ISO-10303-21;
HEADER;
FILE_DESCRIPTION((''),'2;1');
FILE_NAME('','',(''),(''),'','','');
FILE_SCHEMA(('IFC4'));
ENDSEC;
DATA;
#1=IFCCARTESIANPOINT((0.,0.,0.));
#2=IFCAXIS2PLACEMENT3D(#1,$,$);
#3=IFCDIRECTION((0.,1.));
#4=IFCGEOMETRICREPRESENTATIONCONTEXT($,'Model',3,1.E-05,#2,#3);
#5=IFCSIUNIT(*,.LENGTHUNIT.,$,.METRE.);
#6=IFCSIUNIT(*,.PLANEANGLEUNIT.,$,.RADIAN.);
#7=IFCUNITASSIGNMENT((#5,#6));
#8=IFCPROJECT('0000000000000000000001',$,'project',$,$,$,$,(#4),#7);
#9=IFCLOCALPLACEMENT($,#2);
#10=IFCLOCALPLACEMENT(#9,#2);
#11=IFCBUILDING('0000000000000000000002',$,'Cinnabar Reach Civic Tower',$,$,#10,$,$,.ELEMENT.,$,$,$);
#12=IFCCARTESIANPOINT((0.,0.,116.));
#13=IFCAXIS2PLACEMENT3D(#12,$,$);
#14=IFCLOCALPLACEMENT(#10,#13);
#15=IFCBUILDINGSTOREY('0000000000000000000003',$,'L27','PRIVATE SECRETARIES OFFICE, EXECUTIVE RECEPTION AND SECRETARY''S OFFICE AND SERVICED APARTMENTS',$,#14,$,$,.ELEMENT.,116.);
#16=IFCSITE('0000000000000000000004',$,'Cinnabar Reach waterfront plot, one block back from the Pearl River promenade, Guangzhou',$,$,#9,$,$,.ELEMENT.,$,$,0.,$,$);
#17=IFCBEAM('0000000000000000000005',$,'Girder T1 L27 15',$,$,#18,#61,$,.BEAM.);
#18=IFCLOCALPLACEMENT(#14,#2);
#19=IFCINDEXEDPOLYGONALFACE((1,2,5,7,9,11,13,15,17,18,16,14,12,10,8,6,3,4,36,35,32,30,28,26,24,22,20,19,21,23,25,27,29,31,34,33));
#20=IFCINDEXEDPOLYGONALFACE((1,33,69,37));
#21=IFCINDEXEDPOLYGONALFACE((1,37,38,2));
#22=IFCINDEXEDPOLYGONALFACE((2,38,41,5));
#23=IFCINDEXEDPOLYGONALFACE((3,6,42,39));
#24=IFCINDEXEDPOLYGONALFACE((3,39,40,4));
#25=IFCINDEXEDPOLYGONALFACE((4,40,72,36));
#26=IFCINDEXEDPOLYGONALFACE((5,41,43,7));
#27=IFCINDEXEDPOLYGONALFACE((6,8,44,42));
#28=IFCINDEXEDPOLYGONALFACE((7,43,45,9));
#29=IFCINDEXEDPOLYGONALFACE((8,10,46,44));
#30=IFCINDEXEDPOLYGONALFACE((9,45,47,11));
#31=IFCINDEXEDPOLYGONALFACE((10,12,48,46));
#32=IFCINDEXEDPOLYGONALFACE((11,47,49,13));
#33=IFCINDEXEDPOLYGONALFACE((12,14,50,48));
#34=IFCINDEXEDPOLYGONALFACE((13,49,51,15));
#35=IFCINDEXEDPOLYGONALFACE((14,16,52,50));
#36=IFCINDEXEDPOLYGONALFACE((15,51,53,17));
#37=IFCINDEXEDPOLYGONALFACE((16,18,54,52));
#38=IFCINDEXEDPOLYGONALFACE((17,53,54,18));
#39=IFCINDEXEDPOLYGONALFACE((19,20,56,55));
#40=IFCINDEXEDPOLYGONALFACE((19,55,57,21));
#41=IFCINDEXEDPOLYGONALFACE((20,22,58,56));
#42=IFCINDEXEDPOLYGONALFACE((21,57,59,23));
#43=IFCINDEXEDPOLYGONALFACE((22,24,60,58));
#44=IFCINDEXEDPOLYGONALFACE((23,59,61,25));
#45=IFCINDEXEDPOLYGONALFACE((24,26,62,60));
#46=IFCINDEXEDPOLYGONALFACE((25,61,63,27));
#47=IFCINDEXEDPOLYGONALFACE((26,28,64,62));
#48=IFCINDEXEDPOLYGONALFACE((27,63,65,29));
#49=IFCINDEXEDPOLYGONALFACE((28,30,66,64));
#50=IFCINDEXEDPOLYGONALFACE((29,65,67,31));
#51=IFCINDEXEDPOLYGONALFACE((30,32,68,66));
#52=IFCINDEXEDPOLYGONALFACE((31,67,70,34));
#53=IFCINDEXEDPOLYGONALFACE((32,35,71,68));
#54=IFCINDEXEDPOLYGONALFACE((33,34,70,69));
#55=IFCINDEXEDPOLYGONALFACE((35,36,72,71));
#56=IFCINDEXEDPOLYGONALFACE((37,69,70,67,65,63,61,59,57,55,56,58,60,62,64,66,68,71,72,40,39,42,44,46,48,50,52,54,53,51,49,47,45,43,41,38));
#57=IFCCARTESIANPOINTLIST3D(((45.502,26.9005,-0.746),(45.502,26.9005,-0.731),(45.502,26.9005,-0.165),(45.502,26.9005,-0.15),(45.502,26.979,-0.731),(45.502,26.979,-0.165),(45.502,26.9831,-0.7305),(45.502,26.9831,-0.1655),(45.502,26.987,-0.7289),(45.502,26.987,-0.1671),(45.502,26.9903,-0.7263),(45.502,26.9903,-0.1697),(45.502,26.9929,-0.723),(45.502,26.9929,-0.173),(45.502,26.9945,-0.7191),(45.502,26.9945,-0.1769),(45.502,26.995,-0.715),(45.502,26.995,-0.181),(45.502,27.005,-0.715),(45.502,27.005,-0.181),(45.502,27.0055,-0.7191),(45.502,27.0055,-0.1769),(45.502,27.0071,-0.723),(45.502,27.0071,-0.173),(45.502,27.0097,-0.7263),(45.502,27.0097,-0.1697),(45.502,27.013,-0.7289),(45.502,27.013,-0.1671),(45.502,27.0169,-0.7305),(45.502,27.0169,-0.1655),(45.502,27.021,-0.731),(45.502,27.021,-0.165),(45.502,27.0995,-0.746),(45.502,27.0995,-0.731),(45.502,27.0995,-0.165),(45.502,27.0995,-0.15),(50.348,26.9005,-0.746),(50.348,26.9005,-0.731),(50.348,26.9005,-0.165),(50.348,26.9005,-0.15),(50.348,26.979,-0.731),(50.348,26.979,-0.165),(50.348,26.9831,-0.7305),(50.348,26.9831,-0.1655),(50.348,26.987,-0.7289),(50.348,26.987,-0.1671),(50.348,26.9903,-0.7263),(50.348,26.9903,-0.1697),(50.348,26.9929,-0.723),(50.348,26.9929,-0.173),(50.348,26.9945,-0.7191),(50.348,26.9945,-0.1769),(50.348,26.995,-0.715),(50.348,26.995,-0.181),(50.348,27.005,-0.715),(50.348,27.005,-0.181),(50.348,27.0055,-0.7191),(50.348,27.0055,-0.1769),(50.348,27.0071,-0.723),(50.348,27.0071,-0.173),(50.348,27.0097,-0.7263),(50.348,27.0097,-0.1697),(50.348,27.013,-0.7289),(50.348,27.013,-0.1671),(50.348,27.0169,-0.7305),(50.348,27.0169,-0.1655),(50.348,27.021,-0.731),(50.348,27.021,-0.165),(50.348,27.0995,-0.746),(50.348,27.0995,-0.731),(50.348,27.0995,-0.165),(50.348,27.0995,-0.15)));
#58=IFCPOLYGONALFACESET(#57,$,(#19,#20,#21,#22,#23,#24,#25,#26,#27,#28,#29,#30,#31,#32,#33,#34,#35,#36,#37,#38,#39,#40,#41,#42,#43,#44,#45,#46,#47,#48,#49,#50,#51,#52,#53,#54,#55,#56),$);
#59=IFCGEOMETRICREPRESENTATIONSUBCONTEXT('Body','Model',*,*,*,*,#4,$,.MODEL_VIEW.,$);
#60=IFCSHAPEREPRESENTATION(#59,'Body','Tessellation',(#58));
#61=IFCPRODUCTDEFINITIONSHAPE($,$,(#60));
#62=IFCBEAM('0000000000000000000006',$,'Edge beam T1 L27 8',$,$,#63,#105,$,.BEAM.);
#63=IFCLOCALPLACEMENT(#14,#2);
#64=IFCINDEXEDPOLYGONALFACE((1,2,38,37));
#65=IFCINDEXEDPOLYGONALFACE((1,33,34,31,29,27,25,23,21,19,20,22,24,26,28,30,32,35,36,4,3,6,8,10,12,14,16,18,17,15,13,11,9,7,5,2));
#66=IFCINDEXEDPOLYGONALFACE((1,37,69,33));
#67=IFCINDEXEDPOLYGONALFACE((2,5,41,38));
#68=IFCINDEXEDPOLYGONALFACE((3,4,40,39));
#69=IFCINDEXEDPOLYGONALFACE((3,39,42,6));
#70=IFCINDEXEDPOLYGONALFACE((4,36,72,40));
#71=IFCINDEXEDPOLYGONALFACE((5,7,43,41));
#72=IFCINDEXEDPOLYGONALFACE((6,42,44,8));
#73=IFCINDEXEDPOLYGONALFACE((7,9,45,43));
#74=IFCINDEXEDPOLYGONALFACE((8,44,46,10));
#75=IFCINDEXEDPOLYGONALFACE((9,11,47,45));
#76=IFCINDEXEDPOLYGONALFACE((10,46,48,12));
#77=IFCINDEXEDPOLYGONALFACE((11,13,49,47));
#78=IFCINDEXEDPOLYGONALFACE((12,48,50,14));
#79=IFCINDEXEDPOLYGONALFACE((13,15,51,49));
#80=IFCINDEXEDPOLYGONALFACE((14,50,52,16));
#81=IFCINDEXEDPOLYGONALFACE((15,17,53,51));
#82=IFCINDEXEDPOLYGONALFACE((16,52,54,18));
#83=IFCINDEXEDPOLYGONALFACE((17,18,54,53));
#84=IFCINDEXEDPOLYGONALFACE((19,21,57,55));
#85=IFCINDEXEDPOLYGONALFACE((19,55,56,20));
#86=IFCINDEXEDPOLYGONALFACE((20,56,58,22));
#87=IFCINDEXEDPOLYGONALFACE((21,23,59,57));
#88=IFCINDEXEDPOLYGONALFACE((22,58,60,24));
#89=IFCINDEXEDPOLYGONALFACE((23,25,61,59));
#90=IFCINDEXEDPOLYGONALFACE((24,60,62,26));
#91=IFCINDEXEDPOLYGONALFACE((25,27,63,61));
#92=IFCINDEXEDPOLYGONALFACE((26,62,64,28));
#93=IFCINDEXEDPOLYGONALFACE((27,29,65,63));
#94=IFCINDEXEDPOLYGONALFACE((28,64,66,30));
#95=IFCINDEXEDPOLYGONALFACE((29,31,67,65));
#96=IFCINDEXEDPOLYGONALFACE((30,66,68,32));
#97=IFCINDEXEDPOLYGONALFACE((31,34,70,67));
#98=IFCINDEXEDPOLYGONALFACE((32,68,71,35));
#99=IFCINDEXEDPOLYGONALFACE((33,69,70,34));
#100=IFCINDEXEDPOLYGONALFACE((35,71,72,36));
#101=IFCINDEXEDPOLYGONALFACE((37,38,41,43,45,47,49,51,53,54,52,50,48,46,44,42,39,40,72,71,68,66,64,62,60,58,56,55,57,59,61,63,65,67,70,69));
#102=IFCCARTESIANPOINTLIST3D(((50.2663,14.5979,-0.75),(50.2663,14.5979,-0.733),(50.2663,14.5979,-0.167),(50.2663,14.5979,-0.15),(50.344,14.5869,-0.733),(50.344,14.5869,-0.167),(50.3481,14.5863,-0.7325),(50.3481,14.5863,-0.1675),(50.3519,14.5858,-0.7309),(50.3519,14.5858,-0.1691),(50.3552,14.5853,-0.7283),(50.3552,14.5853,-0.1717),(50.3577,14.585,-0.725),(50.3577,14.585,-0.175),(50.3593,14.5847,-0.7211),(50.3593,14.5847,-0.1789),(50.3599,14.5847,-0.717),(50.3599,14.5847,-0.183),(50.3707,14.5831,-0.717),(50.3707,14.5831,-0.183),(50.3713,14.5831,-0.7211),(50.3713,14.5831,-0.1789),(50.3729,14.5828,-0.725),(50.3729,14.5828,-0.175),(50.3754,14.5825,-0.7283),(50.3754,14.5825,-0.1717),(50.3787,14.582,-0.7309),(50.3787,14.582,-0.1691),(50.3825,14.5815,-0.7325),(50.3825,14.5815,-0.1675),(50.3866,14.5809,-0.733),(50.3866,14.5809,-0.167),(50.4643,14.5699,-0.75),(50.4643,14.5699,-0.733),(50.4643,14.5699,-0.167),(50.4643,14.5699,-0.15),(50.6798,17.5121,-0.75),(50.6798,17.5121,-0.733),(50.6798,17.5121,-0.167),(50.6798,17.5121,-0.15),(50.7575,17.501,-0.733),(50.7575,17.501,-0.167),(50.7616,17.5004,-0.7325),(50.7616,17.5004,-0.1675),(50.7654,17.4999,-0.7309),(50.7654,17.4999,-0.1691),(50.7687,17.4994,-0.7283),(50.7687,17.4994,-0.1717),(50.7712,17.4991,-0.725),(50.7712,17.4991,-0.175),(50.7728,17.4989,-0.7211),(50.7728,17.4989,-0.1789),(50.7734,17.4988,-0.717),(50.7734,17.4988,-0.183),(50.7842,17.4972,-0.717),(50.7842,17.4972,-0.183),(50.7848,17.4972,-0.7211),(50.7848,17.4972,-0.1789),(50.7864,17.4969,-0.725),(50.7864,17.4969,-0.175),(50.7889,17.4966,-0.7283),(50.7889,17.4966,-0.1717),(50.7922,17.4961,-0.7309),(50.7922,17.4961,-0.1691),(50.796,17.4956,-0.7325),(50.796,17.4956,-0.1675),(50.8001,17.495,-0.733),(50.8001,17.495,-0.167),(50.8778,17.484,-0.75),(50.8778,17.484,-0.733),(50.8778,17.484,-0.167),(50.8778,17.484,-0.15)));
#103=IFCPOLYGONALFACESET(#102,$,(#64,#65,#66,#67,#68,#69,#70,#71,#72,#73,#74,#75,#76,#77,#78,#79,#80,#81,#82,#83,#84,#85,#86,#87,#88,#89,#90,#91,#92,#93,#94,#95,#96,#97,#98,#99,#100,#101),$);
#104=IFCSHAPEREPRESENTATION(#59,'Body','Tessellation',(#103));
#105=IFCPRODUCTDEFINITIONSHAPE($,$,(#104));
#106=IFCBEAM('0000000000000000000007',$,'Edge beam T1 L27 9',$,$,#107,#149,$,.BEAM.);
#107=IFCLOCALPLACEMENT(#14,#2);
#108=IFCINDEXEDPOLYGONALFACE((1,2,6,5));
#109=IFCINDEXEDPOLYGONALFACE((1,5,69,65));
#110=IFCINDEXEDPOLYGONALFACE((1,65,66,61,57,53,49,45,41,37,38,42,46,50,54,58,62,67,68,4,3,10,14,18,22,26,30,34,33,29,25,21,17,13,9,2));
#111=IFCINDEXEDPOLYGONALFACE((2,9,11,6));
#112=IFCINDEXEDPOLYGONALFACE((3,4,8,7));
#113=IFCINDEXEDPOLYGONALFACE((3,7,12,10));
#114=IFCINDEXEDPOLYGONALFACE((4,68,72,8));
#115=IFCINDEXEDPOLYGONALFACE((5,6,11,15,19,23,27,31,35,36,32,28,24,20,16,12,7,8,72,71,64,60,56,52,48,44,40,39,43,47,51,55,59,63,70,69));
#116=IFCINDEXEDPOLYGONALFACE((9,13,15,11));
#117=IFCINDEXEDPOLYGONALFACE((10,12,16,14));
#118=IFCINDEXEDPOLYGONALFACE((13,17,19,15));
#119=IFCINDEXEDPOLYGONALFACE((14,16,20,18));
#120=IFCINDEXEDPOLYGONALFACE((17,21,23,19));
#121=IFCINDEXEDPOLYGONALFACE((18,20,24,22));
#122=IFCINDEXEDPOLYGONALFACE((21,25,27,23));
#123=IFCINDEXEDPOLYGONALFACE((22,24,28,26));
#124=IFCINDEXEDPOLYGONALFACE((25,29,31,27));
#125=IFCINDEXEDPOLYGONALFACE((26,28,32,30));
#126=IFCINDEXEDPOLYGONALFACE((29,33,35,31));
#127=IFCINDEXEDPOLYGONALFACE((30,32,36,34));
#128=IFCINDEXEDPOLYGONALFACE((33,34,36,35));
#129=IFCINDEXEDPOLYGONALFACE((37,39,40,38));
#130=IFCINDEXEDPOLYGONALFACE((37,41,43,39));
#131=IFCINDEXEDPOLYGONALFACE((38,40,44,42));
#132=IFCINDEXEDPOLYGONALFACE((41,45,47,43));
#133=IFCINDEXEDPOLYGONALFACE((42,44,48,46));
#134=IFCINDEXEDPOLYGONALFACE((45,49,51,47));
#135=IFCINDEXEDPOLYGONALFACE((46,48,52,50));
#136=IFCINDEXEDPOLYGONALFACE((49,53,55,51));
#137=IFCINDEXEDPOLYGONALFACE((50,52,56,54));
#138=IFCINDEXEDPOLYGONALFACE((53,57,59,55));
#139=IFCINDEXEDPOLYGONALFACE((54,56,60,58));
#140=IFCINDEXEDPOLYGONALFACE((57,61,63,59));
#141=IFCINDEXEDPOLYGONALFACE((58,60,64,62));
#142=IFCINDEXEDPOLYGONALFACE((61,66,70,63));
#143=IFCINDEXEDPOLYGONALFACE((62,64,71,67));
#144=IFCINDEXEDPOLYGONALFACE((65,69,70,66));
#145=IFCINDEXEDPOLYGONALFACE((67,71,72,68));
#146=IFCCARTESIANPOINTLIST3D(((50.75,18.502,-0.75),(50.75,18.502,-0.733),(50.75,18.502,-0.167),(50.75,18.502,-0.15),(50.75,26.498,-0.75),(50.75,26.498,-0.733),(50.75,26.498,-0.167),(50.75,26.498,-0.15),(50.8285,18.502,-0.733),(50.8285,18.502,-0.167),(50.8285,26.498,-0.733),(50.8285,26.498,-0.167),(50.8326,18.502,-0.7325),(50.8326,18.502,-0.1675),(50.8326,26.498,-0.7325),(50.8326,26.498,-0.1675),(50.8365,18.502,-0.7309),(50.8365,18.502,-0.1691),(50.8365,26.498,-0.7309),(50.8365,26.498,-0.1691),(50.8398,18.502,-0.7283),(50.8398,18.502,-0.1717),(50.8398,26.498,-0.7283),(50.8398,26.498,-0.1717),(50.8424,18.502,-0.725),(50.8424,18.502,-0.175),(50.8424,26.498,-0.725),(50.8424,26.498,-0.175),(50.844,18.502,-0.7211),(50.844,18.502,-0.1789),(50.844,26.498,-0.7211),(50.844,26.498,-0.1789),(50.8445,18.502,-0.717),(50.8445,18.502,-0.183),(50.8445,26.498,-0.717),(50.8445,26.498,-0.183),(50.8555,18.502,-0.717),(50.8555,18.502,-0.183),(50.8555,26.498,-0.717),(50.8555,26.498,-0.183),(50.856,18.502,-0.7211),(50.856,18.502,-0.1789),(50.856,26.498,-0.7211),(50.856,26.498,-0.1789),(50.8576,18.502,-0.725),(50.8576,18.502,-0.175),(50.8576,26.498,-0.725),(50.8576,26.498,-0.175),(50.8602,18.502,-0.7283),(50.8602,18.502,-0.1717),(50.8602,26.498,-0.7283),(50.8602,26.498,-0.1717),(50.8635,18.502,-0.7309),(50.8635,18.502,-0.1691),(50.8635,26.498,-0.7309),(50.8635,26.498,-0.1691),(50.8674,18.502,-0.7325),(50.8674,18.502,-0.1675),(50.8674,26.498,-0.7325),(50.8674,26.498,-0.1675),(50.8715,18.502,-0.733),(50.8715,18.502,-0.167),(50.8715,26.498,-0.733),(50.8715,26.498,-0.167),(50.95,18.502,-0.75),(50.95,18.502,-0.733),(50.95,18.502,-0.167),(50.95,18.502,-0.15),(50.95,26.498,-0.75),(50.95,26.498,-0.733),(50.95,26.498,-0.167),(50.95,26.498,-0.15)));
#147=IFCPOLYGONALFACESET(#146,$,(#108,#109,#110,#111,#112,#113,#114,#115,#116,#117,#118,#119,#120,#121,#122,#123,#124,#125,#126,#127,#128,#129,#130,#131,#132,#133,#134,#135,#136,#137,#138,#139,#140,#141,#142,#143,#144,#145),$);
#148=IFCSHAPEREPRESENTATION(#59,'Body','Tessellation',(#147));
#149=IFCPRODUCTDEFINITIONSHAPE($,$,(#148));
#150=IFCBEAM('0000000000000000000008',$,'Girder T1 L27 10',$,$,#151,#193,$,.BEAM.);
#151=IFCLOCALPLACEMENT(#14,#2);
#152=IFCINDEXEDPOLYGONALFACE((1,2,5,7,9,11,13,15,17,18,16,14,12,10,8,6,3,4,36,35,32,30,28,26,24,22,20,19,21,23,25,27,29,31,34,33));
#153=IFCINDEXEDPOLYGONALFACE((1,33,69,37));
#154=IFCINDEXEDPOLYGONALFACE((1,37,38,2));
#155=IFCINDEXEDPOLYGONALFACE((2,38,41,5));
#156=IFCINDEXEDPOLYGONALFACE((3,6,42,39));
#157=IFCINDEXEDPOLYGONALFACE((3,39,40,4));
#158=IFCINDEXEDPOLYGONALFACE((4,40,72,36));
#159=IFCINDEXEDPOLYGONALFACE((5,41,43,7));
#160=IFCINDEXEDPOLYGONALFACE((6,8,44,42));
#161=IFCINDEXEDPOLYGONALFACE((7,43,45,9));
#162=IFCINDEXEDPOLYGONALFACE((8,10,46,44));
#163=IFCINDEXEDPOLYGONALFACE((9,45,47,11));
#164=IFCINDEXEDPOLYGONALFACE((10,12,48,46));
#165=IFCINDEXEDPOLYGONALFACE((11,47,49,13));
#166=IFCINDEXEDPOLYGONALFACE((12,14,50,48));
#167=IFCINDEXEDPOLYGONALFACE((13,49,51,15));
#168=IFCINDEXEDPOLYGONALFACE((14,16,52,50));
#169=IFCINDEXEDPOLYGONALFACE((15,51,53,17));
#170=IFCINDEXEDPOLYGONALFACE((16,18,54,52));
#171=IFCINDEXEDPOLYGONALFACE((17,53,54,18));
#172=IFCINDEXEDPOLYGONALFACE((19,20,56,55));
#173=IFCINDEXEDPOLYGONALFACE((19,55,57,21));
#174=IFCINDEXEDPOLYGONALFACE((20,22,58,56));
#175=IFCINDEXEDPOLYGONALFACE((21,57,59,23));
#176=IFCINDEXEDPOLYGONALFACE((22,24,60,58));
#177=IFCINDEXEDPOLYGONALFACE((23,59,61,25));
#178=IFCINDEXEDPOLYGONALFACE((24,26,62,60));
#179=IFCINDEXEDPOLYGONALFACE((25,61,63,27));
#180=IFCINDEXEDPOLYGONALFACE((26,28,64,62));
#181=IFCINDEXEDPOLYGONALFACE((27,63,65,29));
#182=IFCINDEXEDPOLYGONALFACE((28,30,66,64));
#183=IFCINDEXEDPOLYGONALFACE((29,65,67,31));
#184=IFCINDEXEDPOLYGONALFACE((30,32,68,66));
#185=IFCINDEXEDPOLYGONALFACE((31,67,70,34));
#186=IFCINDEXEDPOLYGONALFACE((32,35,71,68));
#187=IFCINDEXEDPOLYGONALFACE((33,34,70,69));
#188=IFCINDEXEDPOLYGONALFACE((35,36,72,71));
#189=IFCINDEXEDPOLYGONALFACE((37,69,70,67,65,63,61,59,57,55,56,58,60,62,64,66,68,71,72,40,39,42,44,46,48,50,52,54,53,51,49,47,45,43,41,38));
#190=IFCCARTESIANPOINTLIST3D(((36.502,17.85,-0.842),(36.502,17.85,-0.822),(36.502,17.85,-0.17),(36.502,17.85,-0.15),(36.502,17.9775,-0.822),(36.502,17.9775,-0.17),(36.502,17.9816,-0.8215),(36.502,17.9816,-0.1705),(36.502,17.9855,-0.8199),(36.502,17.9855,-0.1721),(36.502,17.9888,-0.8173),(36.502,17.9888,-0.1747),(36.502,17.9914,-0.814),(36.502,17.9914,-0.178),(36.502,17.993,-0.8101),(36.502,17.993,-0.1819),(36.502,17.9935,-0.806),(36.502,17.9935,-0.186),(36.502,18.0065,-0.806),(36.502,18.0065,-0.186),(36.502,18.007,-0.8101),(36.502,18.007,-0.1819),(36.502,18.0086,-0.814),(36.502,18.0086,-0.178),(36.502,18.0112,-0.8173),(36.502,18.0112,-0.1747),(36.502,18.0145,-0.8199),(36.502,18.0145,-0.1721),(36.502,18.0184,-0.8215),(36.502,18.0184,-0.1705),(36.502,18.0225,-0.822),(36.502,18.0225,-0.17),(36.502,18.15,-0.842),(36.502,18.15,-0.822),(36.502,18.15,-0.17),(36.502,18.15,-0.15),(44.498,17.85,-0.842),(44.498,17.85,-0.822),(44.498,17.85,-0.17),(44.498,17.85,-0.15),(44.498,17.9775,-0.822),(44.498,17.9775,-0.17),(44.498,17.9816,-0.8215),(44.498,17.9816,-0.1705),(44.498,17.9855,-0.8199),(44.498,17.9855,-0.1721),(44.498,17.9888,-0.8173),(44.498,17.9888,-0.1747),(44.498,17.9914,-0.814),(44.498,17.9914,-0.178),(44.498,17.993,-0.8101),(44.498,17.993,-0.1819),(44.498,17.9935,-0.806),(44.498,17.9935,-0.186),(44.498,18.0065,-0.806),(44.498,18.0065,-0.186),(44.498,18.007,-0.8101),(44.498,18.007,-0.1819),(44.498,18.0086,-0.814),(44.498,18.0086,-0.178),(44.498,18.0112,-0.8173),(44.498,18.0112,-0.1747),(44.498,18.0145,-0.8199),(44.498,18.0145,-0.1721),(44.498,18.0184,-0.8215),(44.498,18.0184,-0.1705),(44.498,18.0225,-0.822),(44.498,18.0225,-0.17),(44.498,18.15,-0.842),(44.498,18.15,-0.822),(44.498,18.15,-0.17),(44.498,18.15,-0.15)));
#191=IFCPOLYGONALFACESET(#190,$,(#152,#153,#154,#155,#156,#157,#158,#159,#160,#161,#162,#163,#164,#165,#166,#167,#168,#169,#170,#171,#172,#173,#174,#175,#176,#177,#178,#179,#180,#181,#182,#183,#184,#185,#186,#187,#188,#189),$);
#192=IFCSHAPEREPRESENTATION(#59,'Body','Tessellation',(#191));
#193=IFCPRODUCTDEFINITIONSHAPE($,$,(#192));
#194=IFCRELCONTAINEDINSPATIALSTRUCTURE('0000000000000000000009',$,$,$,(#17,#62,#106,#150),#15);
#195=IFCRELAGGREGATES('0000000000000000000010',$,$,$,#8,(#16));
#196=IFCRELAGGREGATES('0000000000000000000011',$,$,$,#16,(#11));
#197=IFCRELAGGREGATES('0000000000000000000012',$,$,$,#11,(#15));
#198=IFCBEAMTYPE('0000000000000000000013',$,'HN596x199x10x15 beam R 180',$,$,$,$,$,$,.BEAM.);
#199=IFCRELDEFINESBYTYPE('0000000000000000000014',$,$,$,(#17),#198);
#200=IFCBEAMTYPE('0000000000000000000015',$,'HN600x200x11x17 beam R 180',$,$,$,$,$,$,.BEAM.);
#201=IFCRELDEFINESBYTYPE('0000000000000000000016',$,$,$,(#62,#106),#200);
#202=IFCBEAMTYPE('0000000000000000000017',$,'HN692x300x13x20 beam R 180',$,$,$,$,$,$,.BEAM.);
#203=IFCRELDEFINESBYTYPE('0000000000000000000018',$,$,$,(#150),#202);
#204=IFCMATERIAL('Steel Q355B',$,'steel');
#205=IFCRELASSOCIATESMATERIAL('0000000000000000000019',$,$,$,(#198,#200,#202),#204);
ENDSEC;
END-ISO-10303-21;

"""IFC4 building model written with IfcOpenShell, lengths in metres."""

from ifc_helpers import new_model, si_unit, direction, frame, origin, origin_2d, place, context, subcontext, project, spatial, i_section, extrude, material, material_profile, profile_set, type_object, element, save


model = new_model("IFC4")

# Units and contexts
model_context = context("Model", 3, precision=1e-05, world=origin(), true_north=direction((0.0, 1.0)))
body_context = subcontext(model_context, "Body", "Model", "MODEL_VIEW")
ifc_project = project(units=[si_unit("LENGTHUNIT", "METRE"), si_unit("PLANEANGLEUNIT", "RADIAN")], contexts=[model_context])

# Site, building, storey
site_placement = place(None, origin())
site = spatial("IfcSite", under=ifc_project, at=site_placement, Name="Cinnabar Reach waterfront plot, one block back from the Pearl River promenade, Guangzhou", CompositionType="ELEMENT", RefElevation=0.0)
building_placement = place(site_placement, origin())
building = spatial("IfcBuilding", under=site, at=building_placement, Name="Cinnabar Reach Civic Tower", CompositionType="ELEMENT")
storey_placement = place(building_placement, frame((0.0, 0.0, 116.0)))
storey = spatial("IfcBuildingStorey", under=building, at=storey_placement, Name="L27", Description="PRIVATE SECRETARIES OFFICE, EXECUTIVE RECEPTION AND SECRETARY'S OFFICE AND SERVICED APARTMENTS", CompositionType="ELEMENT", Elevation=116.0)

# Beams
ifc_material_1 = material(Name="Steel Q355B", Category="steel")
ifc_material_profile_1 = material_profile(ifc_material_1, i_section(OverallWidth=0.199, OverallDepth=0.596, WebThickness=0.01, FlangeThickness=0.015, FilletRadius=0.016, at=origin_2d()), Name="HN596x199x10x15")
ifc_profile_set_1 = profile_set([ifc_material_profile_1], Name="Steel Q355B")
beam_type_1 = type_object("IfcBeamType", Name="HN596x199x10x15 beam R 180", PredefinedType="BEAM", material=ifc_profile_set_1)
for number, where, z_axis, x_axis, name in (
    (1, (45.502, 27.0, -0.448), (1.0, 0.0, 0.0), (0.0, 1.0, 0.0), "Girder T1 L27 15"),
):
    element("IfcBeam", number, at=place(storey_placement, frame(where, z_axis=z_axis, x_axis=x_axis)), inside=storey, type_object=beam_type_1, Name=name, PredefinedType="BEAM", context=body_context, shape_type="SweptSolid", body=[
        extrude(i_section(OverallWidth=0.199, OverallDepth=0.596, WebThickness=0.01, FlangeThickness=0.015, FilletRadius=0.016, at=origin_2d()), origin(), (0.0, 0.0, 1.0), 4.846),
    ])
ifc_material_profile_2 = material_profile(ifc_material_1, i_section(OverallWidth=0.2, OverallDepth=0.6, WebThickness=0.011, FlangeThickness=0.017, FilletRadius=0.016, at=origin_2d()), Name="HN600x200x11x17")
ifc_profile_set_2 = profile_set([ifc_material_profile_2], Name="Steel Q355B")
beam_type_2 = type_object("IfcBeamType", Name="HN600x200x11x17 beam R 180", PredefinedType="BEAM", material=ifc_profile_set_2)
beam_1_placement = place(storey_placement, frame((50.3653, 14.5839, -0.45), z_axis=(0.140489, 0.990082, 0.0), x_axis=(-0.990082, 0.140489, 0.0)))
element("IfcBeam", 2, at=beam_1_placement, inside=storey, type_object=beam_type_2, Name="Edge beam T1 L27 8", PredefinedType="BEAM", context=body_context, shape_type="SweptSolid", body=[
    extrude(i_section(OverallWidth=0.2, OverallDepth=0.6, WebThickness=0.011, FlangeThickness=0.017, FilletRadius=0.016, at=origin_2d()), origin(), (0.0, 0.0, 1.0), 2.9433),
])
beam_2_placement = place(storey_placement, frame((50.85, 18.502, -0.45), z_axis=(0.0, 1.0, 0.0), x_axis=(-1.0, 0.0, 0.0)))
element("IfcBeam", 3, at=beam_2_placement, inside=storey, type_object=beam_type_2, Name="Edge beam T1 L27 9", PredefinedType="BEAM", context=body_context, shape_type="SweptSolid", body=[
    extrude(i_section(OverallWidth=0.2, OverallDepth=0.6, WebThickness=0.011, FlangeThickness=0.017, FilletRadius=0.016, at=origin_2d()), origin(), (0.0, 0.0, 1.0), 7.996),
])
ifc_material_profile_3 = material_profile(ifc_material_1, i_section(OverallWidth=0.3, OverallDepth=0.692, WebThickness=0.013, FlangeThickness=0.02, FilletRadius=0.016, at=origin_2d()), Name="HN692x300x13x20")
ifc_profile_set_3 = profile_set([ifc_material_profile_3], Name="Steel Q355B")
beam_type_3 = type_object("IfcBeamType", Name="HN692x300x13x20 beam R 180", PredefinedType="BEAM", material=ifc_profile_set_3)
for number, where, z_axis, x_axis, name in (
    (4, (36.502, 18.0, -0.496), (1.0, 0.0, 0.0), (0.0, 1.0, 0.0), "Girder T1 L27 10"),
):
    element("IfcBeam", number, at=place(storey_placement, frame(where, z_axis=z_axis, x_axis=x_axis)), inside=storey, type_object=beam_type_3, Name=name, PredefinedType="BEAM", context=body_context, shape_type="SweptSolid", body=[
        extrude(i_section(OverallWidth=0.3, OverallDepth=0.692, WebThickness=0.013, FlangeThickness=0.02, FilletRadius=0.016, at=origin_2d()), origin(), (0.0, 0.0, 1.0), 7.996),
    ])

save(model, "model.ifc")
